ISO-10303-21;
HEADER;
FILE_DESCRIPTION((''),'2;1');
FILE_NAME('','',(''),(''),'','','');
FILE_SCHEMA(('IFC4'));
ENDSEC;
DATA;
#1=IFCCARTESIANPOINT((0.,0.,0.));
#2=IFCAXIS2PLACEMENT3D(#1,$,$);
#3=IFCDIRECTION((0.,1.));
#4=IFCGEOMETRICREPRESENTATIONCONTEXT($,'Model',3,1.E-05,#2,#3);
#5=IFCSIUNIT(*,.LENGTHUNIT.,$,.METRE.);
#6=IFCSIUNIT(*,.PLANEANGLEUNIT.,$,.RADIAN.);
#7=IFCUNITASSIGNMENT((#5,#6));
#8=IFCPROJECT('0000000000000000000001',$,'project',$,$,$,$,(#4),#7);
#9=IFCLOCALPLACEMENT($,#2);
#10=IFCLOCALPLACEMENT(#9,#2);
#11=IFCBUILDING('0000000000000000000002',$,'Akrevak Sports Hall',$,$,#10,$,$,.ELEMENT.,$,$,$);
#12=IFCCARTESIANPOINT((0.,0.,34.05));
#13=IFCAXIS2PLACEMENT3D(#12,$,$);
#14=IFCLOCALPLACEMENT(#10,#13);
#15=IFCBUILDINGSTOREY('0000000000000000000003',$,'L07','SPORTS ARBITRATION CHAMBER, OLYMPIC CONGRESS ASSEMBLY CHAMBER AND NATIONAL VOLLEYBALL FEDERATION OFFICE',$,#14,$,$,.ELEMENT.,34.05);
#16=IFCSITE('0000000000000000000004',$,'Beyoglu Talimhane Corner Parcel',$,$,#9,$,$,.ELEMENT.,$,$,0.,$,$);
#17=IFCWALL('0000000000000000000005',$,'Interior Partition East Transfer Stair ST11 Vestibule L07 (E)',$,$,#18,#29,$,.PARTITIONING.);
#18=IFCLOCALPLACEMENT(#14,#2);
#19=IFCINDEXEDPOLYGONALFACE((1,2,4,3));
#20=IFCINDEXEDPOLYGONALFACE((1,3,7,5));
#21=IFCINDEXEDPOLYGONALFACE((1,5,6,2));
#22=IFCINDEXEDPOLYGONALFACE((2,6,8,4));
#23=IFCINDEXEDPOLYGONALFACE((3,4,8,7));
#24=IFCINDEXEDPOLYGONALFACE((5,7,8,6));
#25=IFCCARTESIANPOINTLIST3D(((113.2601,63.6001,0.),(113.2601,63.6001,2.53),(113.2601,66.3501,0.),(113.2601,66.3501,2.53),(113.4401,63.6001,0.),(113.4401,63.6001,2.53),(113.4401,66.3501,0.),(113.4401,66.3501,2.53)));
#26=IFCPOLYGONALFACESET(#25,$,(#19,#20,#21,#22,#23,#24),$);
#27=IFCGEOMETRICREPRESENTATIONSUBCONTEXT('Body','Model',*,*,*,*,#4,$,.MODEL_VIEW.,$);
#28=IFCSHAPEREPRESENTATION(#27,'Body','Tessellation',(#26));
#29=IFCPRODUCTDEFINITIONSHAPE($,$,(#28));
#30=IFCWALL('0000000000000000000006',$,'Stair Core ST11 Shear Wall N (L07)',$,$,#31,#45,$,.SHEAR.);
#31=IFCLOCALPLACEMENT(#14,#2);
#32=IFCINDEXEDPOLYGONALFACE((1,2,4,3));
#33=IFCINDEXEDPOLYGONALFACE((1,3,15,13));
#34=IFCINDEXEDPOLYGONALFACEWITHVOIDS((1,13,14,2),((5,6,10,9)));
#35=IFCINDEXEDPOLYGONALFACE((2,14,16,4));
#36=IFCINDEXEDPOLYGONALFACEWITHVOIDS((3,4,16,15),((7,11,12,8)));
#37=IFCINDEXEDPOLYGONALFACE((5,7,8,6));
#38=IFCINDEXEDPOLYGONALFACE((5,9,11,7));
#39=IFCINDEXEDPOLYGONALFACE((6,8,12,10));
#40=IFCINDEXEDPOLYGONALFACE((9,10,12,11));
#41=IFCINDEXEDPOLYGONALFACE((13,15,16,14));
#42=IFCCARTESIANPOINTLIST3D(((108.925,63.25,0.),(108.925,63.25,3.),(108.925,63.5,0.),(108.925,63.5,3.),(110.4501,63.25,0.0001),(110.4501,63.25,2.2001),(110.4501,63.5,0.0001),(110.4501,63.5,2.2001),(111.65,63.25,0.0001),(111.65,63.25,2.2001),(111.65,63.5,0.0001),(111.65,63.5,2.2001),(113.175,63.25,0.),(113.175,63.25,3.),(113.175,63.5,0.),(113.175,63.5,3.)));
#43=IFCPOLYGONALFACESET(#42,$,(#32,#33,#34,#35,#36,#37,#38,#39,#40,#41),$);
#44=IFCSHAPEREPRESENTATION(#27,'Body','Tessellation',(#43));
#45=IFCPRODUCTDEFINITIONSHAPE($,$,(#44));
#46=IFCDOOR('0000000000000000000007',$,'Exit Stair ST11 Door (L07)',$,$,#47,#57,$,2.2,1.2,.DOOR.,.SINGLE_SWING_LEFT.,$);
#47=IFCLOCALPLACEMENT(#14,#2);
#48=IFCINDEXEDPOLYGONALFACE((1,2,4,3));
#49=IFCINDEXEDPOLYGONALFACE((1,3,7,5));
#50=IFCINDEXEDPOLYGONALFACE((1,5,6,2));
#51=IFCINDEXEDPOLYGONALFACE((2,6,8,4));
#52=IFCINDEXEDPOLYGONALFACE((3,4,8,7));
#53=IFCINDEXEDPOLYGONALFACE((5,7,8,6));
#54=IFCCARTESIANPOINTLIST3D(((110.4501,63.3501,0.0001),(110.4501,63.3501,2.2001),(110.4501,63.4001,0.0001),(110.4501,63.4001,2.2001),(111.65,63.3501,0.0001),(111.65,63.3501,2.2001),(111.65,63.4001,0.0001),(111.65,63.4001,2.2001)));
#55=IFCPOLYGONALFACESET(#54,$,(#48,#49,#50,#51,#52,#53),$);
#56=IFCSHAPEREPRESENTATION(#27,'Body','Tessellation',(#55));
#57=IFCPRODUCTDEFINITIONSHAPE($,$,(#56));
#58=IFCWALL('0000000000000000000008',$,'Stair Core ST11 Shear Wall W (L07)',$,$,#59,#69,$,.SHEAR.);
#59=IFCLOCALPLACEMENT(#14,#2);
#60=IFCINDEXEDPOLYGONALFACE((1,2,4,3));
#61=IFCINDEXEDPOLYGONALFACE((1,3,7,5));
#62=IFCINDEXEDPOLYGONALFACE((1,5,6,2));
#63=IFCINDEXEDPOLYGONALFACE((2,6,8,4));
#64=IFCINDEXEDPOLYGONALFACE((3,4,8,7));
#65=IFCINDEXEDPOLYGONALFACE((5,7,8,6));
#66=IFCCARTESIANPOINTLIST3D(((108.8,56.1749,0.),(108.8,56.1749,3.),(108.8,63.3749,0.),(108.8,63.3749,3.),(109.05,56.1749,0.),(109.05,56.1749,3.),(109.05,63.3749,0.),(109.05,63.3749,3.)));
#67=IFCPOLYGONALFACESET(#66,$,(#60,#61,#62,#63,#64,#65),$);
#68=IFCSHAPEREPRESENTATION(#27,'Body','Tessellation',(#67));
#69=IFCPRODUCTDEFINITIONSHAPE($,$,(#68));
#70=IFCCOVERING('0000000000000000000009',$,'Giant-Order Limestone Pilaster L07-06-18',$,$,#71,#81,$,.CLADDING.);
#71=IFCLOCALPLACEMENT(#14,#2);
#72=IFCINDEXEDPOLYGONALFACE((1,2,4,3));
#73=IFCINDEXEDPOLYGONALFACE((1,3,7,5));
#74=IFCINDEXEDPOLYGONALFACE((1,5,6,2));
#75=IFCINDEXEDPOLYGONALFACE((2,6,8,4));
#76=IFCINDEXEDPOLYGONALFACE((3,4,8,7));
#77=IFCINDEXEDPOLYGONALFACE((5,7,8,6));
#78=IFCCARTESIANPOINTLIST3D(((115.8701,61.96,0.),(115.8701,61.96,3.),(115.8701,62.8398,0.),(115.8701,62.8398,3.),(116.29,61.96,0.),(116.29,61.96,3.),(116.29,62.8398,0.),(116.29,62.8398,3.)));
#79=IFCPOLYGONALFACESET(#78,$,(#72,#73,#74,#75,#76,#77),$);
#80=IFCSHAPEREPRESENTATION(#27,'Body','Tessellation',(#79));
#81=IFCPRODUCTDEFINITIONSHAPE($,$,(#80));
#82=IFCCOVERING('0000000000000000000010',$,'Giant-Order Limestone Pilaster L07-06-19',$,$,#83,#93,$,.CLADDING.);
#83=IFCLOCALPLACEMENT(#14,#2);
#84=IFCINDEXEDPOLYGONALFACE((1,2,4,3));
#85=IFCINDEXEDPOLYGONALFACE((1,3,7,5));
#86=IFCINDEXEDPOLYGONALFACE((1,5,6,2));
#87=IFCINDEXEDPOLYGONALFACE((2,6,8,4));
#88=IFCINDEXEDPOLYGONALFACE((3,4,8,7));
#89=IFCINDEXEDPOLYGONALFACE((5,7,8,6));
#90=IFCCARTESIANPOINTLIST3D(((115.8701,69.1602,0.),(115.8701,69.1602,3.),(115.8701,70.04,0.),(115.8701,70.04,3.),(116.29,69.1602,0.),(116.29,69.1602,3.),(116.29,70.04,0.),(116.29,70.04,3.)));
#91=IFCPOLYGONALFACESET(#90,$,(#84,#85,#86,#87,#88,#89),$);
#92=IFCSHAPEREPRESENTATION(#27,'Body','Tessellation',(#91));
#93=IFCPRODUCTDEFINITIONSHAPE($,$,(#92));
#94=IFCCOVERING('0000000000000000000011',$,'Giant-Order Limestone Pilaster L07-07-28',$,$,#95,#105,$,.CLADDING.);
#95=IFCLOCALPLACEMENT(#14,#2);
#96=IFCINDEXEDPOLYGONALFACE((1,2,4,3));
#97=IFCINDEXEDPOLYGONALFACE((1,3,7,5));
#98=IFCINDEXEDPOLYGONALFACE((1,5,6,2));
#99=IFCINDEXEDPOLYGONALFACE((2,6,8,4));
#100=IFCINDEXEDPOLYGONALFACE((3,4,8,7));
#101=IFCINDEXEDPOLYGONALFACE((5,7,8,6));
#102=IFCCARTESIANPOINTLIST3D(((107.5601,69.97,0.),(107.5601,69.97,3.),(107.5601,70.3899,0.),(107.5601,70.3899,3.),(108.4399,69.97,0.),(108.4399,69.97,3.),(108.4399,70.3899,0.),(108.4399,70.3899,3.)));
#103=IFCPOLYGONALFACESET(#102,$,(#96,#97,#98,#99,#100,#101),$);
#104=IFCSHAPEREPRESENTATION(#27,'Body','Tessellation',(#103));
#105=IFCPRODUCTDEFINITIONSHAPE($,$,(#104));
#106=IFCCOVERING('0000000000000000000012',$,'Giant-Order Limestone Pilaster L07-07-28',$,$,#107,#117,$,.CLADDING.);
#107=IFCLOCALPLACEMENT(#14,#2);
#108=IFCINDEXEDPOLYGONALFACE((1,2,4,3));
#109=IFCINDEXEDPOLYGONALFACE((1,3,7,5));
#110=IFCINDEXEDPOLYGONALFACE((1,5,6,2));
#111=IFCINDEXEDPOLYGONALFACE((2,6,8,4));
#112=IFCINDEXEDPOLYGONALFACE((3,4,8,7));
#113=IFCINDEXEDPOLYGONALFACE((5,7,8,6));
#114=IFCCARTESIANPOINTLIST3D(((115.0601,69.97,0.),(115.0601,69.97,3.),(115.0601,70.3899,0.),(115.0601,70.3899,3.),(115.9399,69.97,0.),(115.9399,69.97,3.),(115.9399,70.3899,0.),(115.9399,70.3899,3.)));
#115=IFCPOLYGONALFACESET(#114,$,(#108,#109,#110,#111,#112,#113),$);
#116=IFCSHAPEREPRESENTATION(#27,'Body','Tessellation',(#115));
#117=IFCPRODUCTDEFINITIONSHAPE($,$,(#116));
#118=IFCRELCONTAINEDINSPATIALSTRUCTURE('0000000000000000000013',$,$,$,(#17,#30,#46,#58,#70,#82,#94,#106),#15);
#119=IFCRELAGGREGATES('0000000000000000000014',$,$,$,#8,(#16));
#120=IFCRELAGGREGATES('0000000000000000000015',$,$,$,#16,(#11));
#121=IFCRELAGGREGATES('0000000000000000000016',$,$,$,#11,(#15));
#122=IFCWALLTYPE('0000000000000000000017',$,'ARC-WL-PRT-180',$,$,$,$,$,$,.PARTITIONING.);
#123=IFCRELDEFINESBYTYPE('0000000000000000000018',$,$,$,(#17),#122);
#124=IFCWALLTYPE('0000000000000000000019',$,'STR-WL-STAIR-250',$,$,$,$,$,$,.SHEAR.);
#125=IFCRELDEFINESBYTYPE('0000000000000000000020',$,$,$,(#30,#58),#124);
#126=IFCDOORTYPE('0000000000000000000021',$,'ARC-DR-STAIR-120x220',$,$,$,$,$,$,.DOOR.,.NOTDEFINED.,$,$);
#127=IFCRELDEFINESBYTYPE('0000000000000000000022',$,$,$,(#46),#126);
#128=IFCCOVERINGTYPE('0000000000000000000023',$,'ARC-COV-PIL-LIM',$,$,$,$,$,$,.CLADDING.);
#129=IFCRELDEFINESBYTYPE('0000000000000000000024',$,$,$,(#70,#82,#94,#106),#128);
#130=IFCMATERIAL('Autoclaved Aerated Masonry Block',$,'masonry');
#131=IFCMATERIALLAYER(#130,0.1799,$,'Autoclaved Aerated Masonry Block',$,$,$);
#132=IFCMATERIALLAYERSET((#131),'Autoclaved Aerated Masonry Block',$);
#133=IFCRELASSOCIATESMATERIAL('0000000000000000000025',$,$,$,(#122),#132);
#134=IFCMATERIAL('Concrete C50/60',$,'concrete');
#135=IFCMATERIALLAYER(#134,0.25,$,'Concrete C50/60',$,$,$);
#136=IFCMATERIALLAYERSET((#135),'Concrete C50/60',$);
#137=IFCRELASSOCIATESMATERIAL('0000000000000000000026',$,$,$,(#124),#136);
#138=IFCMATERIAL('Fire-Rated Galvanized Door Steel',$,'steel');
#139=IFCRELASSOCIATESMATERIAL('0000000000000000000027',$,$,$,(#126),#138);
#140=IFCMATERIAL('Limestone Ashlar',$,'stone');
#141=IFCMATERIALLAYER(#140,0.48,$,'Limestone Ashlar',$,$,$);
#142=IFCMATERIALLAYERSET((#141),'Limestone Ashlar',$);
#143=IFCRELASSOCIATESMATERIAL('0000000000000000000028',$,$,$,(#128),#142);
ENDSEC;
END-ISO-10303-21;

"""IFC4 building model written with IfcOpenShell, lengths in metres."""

from ifc_helpers import new_model, si_unit, direction, frame, frame_2d, origin, origin_2d, place, context, subcontext, project, spatial, rectangle, extrude, material, layer, layer_set, type_object, element, fill, save


model = new_model("IFC4")

# Units and contexts
model_context = context("Model", 3, precision=1e-05, world=origin(), true_north=direction((0.0, 1.0)))
body_context = subcontext(model_context, "Body", "Model", "MODEL_VIEW")
ifc_project = project(units=[si_unit("LENGTHUNIT", "METRE"), si_unit("PLANEANGLEUNIT", "RADIAN")], contexts=[model_context])

# Site, building, storey
site_placement = place(None, origin())
site = spatial("IfcSite", under=ifc_project, at=site_placement, Name="Beyoglu Talimhane Corner Parcel", CompositionType="ELEMENT", RefElevation=0.0)
building_placement = place(site_placement, origin())
building = spatial("IfcBuilding", under=site, at=building_placement, Name="Akrevak Sports Hall", CompositionType="ELEMENT")
storey_placement = place(building_placement, frame((0.0, 0.0, 34.05)))
storey = spatial("IfcBuildingStorey", under=building, at=storey_placement, Name="L07", Description="SPORTS ARBITRATION CHAMBER, OLYMPIC CONGRESS ASSEMBLY CHAMBER AND NATIONAL VOLLEYBALL FEDERATION OFFICE", CompositionType="ELEMENT", Elevation=34.05)

# Shared definitions
ifc_material_1 = material(Name="Limestone Ashlar", Category="stone")

# Shared definitions
ifc_material_2 = material(Name="Autoclaved Aerated Masonry Block", Category="masonry")
ifc_layer_1 = layer(ifc_material_2, 0.1799, Name="Autoclaved Aerated Masonry Block")
ifc_layer_set_1 = layer_set([ifc_layer_1], Name="Autoclaved Aerated Masonry Block")
wall_type_1 = type_object("IfcWallType", Name="ARC-WL-PRT-180", PredefinedType="PARTITIONING", material=ifc_layer_set_1)
ifc_material_3 = material(Name="Fire-Rated Galvanized Door Steel", Category="steel")

# Wall
for number, where, z_axis, x_axis, name in (
    (1, (113.3501, 63.6001, 0.0), (0.0, 0.0, 1.0), (0.0, 1.0, 0.0), "Interior Partition East Transfer Stair ST11 Vestibule L07 (E)"),
):
    element("IfcWall", number, at=place(storey_placement, frame(where, z_axis=z_axis, x_axis=x_axis)), inside=storey, type_object=wall_type_1, Name=name, PredefinedType="PARTITIONING", context=body_context, shape_type="SweptSolid", body=[
        extrude(rectangle(XDim=2.75, YDim=0.1799, at=frame_2d((1.375, 0.0))), origin(), (0.0, 0.0, 1.0), 2.53),
    ])

# Wall, opening, door
ifc_material_4 = material(Name="Concrete C50/60", Category="concrete")
ifc_layer_2 = layer(ifc_material_4, 0.25, Name="Concrete C50/60")
ifc_layer_set_2 = layer_set([ifc_layer_2], Name="Concrete C50/60")
wall_type_2 = type_object("IfcWallType", Name="STR-WL-STAIR-250", PredefinedType="SHEAR", material=ifc_layer_set_2)
wall_1_placement = place(storey_placement, frame((113.175, 63.375, 0.0), z_axis=(0.0, 0.0, 1.0), x_axis=(-1.0, 0.0, 0.0)))
wall_1 = element("IfcWall", 2, at=wall_1_placement, inside=storey, type_object=wall_type_2, Name="Stair Core ST11 Shear Wall N (L07)", PredefinedType="SHEAR", context=body_context, shape_type="SweptSolid", body=[
    extrude(rectangle(XDim=4.25, YDim=0.25, at=frame_2d((2.125, 0.0))), origin(), (0.0, 0.0, 1.0), 3.0),
])
opening_1_placement = place(wall_1_placement, frame((1.5249, 0.0, 0.0)))
opening_1 = element("IfcOpeningElement", 3, at=opening_1_placement, cuts=wall_1, PredefinedType="OPENING", context=body_context, shape_type="SweptSolid", body=[
    extrude(rectangle(XDim=1.2, YDim=2.2, at=frame_2d((0.6001, 1.1001))), frame((0.0, 0.137, 0.0), z_axis=(0.0, -1.0, 0.0), x_axis=(1.0, 0.0, 0.0)), (0.0, 0.0, 1.0), 0.2739),
])
door_type_1 = type_object("IfcDoorType", Name="ARC-DR-STAIR-120x220", OperationType="NOTDEFINED", PredefinedType="DOOR", material=ifc_material_3)
door_1_placement = place(opening_1_placement, origin())
door_1 = element("IfcDoor", 4, at=door_1_placement, inside=storey, type_object=door_type_1, Name="Exit Stair ST11 Door (L07)", OperationType="SINGLE_SWING_LEFT", OverallHeight=2.2, OverallWidth=1.2, PredefinedType="DOOR", context=body_context, shape_type="SweptSolid", body=[
    extrude(rectangle(XDim=1.2, YDim=2.2, at=frame_2d((0.6001, 1.1001))), frame((0.0, 0.0249, 0.0), z_axis=(0.0, -1.0, 0.0), x_axis=(1.0, 0.0, 0.0)), (0.0, 0.0, 1.0), 0.05),
])
fill(opening_1, door_1)

# Wall
wall_2_placement = place(storey_placement, frame((108.925, 63.375, 0.0), z_axis=(0.0, 0.0, 1.0), x_axis=(0.0, -1.0, 0.0)))
element("IfcWall", 5, at=wall_2_placement, inside=storey, type_object=wall_type_2, Name="Stair Core ST11 Shear Wall W (L07)", PredefinedType="SHEAR", context=body_context, shape_type="SweptSolid", body=[
    extrude(rectangle(XDim=7.2, YDim=0.25, at=frame_2d((3.6001, 0.0))), origin(), (0.0, 0.0, 1.0), 3.0),
])

# Coverings
ifc_layer_3 = layer(ifc_material_1, 0.48, Name="Limestone Ashlar")
ifc_layer_set_3 = layer_set([ifc_layer_3], Name="Limestone Ashlar")
covering_type = type_object("IfcCoveringType", Name="ARC-COV-PIL-LIM", PredefinedType="CLADDING", material=ifc_layer_set_3)
for number, where, z_axis, x_axis, name in (
    (6, (116.0801, 62.3999, 0.0), (0.0, 0.0, 1.0), (0.0, 1.0, 0.0), "Giant-Order Limestone Pilaster L07-06-18"),
    (7, (116.0801, 69.6001, 0.0), (0.0, 0.0, 1.0), (0.0, 1.0, 0.0), "Giant-Order Limestone Pilaster L07-06-19"),
    (8, (108.0, 70.1799, 0.0), (0.0, 0.0, 1.0), (-1.0, 0.0, 0.0), "Giant-Order Limestone Pilaster L07-07-28"),
    (9, (115.5, 70.1799, 0.0), (0.0, 0.0, 1.0), (-1.0, 0.0, 0.0), "Giant-Order Limestone Pilaster L07-07-28"),
):
    element("IfcCovering", number, at=place(storey_placement, frame(where, z_axis=z_axis, x_axis=x_axis)), inside=storey, type_object=covering_type, Name=name, PredefinedType="CLADDING", context=body_context, shape_type="SweptSolid", body=[
        extrude(rectangle(XDim=0.8799, YDim=0.4199, at=origin_2d()), origin(), (0.0, 0.0, 1.0), 3.0),
    ])

save(model, "model.ifc")
